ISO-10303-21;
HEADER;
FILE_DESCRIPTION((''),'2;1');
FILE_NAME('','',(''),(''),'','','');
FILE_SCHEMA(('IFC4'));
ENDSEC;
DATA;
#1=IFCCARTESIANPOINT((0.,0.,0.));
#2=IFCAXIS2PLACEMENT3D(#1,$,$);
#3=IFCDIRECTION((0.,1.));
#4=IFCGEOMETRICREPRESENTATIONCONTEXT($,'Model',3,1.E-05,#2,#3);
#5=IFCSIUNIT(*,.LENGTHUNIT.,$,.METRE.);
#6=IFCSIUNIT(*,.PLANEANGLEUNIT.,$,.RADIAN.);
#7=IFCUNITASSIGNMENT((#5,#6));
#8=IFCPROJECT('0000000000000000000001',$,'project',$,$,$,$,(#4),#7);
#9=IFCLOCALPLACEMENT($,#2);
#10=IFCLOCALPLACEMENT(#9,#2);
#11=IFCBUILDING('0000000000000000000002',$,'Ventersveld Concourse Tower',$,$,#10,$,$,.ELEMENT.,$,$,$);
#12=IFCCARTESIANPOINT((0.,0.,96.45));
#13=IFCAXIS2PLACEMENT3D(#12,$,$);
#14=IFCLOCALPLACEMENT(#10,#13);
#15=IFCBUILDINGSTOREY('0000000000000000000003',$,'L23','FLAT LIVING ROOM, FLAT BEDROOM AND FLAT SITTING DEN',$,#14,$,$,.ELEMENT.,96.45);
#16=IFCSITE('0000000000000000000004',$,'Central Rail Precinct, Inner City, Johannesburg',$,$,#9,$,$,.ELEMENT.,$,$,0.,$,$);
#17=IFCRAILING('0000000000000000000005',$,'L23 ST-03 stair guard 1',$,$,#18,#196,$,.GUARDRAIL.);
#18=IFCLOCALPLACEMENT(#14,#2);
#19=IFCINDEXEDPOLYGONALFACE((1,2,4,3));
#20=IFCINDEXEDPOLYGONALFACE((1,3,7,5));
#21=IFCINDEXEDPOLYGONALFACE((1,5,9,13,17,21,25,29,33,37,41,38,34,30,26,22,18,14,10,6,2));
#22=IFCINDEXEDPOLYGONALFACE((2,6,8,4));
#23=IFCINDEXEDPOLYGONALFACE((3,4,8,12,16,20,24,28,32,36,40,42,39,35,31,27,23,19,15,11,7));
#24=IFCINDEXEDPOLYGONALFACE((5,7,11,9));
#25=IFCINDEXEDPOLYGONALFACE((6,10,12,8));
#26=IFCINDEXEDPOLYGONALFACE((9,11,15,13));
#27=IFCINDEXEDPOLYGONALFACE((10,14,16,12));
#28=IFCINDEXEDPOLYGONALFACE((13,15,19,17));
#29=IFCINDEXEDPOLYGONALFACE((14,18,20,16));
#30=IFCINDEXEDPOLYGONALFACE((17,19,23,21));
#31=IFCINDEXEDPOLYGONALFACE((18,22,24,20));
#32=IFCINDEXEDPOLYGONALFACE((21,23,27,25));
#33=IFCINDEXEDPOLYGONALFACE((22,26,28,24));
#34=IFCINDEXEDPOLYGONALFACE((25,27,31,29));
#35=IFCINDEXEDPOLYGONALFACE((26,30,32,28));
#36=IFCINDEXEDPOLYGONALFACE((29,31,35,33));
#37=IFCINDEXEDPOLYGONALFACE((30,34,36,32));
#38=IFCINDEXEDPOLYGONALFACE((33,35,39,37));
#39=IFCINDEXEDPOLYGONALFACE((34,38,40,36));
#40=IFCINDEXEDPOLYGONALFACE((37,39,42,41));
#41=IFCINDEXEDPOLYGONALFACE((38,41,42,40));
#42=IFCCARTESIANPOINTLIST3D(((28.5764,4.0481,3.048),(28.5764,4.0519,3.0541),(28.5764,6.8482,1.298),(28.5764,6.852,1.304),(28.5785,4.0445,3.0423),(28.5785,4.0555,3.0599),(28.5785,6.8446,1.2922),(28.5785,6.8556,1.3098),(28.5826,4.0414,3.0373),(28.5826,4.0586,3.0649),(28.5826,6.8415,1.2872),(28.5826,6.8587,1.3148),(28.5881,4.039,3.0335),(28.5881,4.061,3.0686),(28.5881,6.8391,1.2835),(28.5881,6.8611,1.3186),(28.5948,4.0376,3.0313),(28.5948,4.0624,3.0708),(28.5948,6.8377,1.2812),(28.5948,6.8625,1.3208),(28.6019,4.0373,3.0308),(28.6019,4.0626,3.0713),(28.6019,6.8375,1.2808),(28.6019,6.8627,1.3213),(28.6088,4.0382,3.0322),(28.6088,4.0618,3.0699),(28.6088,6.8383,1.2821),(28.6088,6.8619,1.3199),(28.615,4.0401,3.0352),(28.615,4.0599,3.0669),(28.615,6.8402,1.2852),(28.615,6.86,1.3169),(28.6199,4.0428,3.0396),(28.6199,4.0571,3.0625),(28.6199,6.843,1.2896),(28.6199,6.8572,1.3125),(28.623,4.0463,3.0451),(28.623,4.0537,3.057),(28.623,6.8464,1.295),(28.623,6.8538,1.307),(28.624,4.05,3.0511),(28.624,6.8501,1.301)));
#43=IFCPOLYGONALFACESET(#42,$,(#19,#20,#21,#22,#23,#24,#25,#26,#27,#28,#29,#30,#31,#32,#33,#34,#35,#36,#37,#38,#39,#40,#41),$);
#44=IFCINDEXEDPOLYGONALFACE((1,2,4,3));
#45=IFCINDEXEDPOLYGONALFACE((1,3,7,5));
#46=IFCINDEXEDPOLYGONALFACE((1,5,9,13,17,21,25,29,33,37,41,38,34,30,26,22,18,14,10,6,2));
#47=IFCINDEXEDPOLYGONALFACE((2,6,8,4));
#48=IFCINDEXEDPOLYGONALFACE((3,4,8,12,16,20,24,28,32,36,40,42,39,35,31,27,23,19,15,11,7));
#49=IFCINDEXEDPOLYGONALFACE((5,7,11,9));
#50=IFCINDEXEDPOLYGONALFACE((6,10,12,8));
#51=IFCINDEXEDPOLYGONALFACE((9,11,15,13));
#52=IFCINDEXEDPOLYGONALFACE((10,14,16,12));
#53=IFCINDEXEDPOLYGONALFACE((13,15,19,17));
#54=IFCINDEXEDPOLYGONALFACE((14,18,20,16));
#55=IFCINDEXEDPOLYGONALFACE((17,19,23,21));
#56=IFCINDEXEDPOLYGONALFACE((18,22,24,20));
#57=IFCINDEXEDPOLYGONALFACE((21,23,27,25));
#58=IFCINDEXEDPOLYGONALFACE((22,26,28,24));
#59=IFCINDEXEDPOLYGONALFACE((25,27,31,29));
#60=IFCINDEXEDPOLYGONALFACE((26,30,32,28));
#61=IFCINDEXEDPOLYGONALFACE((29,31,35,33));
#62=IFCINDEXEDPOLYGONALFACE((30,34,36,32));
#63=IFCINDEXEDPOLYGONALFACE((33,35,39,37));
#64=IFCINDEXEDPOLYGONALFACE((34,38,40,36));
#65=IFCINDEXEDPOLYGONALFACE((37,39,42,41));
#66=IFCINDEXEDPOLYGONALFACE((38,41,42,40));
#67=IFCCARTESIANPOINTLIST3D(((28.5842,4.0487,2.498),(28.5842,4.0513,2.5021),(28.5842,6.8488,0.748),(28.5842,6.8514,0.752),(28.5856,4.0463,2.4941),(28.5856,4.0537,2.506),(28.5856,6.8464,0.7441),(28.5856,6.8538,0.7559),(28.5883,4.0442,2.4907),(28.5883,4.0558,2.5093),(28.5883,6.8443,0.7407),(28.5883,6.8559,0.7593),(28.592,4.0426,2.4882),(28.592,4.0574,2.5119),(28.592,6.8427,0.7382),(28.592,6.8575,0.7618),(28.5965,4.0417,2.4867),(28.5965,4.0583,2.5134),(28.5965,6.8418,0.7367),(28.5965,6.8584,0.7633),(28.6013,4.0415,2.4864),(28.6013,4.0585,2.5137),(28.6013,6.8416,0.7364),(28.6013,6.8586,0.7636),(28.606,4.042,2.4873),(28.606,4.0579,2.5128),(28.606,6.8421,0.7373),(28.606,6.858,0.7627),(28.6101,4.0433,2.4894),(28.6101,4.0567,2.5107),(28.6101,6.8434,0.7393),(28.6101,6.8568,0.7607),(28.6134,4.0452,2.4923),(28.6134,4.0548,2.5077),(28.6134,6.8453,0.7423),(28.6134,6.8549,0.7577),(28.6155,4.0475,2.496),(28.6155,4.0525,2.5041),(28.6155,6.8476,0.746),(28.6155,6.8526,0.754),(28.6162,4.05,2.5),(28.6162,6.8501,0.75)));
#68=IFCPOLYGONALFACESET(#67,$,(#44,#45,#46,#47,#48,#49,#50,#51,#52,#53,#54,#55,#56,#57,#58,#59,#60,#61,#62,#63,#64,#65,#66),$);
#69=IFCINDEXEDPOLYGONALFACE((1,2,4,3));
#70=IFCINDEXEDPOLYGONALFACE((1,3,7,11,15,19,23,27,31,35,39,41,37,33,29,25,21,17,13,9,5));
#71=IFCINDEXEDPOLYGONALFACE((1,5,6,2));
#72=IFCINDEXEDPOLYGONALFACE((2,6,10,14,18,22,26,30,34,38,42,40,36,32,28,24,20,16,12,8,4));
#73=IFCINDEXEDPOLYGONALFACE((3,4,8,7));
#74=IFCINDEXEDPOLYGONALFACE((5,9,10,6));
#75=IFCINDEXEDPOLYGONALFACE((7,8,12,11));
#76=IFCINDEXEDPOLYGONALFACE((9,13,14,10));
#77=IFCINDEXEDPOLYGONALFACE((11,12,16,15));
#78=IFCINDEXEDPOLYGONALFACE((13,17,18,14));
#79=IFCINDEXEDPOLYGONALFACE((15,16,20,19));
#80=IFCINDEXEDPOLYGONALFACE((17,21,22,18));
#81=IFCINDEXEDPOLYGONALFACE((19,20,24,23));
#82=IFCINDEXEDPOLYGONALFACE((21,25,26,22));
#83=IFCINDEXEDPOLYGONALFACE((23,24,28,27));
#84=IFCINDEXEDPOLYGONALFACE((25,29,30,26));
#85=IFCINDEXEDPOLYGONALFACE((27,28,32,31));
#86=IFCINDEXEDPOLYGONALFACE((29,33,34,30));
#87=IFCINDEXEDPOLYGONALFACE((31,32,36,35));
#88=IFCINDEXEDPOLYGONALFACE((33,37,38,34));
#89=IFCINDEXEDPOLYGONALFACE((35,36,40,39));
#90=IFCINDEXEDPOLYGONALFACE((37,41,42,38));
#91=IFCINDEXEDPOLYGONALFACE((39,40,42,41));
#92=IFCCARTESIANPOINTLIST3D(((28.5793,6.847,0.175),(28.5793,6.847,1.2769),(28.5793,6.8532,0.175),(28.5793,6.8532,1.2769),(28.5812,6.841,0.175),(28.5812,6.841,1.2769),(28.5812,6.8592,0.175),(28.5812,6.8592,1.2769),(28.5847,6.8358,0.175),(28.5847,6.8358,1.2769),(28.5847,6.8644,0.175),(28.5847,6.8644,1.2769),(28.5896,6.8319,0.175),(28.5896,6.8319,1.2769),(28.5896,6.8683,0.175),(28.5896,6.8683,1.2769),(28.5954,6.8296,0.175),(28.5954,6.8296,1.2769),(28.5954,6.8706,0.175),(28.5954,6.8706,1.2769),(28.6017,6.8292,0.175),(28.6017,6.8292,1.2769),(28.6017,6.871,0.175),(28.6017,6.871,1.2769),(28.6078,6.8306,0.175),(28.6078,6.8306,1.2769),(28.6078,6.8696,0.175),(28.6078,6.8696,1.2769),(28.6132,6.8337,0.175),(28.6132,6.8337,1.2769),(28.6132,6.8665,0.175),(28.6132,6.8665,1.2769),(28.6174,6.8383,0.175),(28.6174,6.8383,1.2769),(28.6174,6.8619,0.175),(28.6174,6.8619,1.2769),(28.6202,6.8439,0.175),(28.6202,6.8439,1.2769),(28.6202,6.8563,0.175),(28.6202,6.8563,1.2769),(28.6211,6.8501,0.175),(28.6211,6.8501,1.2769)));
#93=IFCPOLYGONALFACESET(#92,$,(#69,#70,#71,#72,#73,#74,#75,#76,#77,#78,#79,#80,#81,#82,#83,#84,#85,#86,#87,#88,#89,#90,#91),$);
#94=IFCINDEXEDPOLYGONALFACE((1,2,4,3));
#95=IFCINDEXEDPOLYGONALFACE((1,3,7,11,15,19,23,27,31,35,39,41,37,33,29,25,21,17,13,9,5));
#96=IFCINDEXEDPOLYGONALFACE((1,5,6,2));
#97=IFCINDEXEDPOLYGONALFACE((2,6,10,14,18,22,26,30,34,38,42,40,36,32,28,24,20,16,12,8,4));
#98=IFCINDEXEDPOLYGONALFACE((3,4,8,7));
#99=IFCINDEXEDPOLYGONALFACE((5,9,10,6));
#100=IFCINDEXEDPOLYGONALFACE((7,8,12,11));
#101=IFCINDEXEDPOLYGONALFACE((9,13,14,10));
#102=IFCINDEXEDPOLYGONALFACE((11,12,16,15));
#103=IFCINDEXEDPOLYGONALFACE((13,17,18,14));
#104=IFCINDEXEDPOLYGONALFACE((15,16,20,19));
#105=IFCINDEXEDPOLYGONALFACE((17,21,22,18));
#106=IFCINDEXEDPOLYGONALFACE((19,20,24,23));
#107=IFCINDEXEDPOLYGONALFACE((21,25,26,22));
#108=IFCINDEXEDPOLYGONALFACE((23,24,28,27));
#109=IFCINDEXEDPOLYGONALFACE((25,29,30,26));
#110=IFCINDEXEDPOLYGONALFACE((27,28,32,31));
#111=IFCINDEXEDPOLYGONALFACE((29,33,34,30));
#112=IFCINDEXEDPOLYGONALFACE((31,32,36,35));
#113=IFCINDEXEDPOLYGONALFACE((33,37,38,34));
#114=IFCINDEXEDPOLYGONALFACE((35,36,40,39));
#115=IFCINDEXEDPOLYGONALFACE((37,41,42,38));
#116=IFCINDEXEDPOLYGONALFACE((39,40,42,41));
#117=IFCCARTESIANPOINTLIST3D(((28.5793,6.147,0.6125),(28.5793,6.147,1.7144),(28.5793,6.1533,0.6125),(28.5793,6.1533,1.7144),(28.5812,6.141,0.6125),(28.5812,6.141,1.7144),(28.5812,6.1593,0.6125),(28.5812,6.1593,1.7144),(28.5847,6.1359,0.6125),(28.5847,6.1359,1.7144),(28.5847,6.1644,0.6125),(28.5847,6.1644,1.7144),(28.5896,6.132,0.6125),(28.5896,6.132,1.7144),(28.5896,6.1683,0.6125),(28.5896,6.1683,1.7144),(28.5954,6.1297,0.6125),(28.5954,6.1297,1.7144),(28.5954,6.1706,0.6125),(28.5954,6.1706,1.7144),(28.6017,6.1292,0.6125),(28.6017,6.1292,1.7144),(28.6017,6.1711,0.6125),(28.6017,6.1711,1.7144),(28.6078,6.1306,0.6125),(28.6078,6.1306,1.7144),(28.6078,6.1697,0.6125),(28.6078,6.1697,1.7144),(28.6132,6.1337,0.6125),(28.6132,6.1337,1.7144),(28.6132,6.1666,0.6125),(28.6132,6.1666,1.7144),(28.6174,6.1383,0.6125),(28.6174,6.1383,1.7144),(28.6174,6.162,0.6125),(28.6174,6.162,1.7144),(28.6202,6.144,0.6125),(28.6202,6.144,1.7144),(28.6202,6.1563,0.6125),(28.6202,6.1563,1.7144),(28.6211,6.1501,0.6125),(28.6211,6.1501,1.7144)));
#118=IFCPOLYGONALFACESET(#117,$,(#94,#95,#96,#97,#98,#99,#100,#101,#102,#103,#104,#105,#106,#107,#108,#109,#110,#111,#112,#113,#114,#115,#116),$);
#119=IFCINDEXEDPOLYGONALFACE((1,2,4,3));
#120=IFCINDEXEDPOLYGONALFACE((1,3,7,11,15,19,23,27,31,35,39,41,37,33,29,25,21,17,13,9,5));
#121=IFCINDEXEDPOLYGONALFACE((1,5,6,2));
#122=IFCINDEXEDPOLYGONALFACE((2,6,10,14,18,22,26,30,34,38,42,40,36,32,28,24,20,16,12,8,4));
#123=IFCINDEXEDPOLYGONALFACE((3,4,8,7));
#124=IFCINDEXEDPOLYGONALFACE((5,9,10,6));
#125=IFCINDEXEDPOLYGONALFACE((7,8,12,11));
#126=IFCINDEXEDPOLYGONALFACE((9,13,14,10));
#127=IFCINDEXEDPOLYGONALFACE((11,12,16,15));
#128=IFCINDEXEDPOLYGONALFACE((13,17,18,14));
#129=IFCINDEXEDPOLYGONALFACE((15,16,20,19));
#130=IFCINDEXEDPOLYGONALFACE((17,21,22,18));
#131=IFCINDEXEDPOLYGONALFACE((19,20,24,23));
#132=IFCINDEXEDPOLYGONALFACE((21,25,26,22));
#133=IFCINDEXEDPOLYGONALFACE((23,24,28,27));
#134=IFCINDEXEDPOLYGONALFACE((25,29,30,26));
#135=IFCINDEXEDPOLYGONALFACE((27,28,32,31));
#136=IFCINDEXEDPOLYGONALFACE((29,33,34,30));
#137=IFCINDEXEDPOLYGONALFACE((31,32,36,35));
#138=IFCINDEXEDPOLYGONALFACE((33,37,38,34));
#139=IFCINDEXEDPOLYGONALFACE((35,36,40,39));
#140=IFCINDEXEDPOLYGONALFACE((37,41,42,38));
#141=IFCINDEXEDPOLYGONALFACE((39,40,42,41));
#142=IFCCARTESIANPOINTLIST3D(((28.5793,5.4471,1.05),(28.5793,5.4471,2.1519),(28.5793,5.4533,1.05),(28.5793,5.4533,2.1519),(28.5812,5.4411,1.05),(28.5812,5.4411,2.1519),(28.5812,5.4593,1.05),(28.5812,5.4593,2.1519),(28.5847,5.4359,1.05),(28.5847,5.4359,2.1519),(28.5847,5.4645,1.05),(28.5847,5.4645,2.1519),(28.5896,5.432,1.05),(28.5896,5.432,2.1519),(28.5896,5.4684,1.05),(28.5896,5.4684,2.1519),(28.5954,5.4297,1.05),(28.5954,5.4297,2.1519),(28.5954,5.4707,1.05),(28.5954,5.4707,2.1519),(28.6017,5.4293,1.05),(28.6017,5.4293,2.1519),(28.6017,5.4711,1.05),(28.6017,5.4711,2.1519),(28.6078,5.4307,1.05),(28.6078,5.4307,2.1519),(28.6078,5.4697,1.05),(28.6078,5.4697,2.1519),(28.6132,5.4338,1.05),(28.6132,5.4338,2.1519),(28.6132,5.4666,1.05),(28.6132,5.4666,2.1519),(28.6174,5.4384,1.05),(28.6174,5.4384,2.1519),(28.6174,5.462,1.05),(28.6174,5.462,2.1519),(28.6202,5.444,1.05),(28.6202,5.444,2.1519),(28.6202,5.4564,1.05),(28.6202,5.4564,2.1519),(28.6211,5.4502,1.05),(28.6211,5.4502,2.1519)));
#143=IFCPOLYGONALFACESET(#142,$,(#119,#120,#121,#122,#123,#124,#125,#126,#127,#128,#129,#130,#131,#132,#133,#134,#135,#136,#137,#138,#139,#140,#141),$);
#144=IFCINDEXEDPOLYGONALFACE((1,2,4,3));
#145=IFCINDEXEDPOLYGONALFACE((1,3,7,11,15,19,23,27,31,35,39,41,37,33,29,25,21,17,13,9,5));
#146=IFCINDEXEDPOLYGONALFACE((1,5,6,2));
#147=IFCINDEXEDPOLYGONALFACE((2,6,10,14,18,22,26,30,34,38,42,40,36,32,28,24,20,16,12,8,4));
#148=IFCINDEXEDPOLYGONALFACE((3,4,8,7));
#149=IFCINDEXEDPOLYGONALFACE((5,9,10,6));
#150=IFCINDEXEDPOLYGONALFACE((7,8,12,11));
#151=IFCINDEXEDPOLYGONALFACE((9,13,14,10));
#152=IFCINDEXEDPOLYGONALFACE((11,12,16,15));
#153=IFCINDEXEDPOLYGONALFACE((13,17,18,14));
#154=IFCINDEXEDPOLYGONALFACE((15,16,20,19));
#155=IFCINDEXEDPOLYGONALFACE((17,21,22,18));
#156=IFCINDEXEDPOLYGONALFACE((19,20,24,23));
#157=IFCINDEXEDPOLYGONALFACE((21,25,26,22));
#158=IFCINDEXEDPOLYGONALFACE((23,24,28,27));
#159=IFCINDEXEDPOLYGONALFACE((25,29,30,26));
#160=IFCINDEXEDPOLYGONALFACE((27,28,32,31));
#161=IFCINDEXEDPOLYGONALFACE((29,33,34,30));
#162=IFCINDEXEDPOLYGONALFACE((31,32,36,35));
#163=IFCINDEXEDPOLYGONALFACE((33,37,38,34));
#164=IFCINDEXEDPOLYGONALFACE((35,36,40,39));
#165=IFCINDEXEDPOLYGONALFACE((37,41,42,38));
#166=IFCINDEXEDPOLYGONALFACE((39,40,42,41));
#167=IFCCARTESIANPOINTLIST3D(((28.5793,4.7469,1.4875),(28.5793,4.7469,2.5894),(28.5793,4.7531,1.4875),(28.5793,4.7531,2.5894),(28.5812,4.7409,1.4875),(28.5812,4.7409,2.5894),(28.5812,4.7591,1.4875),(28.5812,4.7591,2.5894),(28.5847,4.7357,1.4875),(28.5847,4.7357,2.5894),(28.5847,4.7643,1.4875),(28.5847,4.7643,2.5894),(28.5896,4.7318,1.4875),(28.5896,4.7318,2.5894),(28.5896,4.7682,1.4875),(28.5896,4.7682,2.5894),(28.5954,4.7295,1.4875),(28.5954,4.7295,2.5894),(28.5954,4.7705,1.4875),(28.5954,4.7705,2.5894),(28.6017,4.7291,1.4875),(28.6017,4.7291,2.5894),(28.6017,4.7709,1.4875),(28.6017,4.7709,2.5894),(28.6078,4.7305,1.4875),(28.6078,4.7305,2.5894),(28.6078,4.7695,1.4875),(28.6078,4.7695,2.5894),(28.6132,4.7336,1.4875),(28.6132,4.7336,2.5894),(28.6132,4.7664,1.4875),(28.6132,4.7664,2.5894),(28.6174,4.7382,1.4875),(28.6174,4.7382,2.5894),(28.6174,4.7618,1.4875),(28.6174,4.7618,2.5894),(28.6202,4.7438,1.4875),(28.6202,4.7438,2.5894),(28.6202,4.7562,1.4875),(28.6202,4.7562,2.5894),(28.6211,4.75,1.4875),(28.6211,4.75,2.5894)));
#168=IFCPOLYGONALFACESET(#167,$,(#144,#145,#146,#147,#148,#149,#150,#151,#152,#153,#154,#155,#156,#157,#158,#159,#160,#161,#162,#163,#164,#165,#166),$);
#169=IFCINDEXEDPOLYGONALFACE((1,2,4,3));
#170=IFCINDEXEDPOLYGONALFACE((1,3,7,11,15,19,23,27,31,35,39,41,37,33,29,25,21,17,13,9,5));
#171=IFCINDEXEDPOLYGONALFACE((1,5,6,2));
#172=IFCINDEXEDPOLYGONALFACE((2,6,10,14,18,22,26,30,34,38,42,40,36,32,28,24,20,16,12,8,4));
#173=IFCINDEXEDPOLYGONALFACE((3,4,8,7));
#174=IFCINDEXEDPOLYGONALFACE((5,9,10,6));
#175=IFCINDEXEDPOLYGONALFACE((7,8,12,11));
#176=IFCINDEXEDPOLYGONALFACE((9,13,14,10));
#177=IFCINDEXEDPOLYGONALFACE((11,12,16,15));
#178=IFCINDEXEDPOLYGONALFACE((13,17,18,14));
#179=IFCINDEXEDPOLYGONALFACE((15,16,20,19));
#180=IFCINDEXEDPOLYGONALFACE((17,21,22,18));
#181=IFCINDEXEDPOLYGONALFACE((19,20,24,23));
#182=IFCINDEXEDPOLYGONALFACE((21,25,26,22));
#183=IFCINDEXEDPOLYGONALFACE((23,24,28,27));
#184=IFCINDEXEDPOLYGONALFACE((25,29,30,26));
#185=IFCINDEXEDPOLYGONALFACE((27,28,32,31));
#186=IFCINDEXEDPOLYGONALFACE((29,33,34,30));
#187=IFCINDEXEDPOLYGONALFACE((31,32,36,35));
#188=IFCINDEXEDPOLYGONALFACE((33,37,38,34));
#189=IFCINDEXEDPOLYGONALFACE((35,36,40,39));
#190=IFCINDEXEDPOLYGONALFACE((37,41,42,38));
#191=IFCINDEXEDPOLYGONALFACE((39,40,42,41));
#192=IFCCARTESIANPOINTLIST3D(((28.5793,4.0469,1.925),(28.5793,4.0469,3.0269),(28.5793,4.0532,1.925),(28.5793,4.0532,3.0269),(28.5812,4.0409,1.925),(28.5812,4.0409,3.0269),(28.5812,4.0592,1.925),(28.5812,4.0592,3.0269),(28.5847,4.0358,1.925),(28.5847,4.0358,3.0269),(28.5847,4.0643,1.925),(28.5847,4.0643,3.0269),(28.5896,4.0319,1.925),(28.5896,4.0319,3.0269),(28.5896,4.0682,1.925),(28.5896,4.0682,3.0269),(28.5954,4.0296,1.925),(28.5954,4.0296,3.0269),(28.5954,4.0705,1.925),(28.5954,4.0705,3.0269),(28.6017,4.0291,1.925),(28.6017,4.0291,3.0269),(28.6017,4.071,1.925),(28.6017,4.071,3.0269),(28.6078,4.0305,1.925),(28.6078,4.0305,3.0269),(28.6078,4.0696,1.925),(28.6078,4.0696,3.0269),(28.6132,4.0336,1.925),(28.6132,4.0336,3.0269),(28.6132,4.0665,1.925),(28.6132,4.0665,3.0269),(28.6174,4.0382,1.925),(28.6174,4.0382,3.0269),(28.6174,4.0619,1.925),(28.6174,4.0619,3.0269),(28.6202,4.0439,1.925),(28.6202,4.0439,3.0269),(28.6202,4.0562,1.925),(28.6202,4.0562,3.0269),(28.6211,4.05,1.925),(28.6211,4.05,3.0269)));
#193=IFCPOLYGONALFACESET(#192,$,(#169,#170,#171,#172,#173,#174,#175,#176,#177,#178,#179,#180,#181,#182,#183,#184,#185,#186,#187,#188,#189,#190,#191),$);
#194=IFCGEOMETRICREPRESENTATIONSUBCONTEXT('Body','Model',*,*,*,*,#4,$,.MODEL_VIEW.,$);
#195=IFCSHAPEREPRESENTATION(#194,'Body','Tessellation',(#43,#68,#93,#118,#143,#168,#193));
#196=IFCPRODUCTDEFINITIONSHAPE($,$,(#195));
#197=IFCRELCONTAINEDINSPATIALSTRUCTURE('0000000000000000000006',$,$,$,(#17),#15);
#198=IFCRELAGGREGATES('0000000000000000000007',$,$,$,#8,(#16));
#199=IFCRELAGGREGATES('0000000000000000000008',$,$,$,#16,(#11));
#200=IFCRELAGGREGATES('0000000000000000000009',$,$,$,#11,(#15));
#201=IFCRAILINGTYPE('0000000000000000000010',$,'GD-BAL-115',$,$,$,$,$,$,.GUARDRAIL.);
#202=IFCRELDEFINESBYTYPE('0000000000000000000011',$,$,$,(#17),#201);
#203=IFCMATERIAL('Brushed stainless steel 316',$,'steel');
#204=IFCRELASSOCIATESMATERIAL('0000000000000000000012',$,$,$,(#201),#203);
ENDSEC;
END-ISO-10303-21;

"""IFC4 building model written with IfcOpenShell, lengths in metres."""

from ifc_helpers import new_model, si_unit, direction, frame, origin, origin_2d, place, context, subcontext, project, spatial, circle, extrude, material, type_object, element, save


model = new_model("IFC4")

# Units and contexts
model_context = context("Model", 3, precision=1e-05, world=origin(), true_north=direction((0.0, 1.0)))
body_context = subcontext(model_context, "Body", "Model", "MODEL_VIEW")
ifc_project = project(units=[si_unit("LENGTHUNIT", "METRE"), si_unit("PLANEANGLEUNIT", "RADIAN")], contexts=[model_context])

# Site, building, storey
site_placement = place(None, origin())
site = spatial("IfcSite", under=ifc_project, at=site_placement, Name="Central Rail Precinct, Inner City, Johannesburg", CompositionType="ELEMENT", RefElevation=0.0)
building_placement = place(site_placement, origin())
building = spatial("IfcBuilding", under=site, at=building_placement, Name="Ventersveld Concourse Tower", CompositionType="ELEMENT")
storey_placement = place(building_placement, frame((0.0, 0.0, 96.45)))
storey = spatial("IfcBuildingStorey", under=building, at=storey_placement, Name="L23", Description="FLAT LIVING ROOM, FLAT BEDROOM AND FLAT SITTING DEN", CompositionType="ELEMENT", Elevation=96.45)

# Shared definitions
ifc_material_1 = material(Name="Brushed stainless steel 316", Category="steel")

# Railing
railing_type = type_object("IfcRailingType", Name="GD-BAL-115", PredefinedType="GUARDRAIL", material=ifc_material_1)
railing_1_placement = place(storey_placement, frame((28.6001, 6.8501, 0.175)))
element("IfcRailing", 1, at=railing_1_placement, inside=storey, type_object=railing_type, Name="L23 ST-03 stair guard 1", PredefinedType="GUARDRAIL", context=body_context, shape_type="SweptSolid", body=[
    extrude(circle(Radius=0.0239, at=origin_2d()), frame((0.0, 0.0, 1.126), z_axis=(0.0, -0.848002, 0.529992), x_axis=(1.0, 0.0, 0.0)), (0.0, 0.0, 1.0), 3.302),
    extrude(circle(Radius=0.0161, at=origin_2d()), frame((0.0, 0.0, 0.575), z_axis=(0.0, -0.848002, 0.529992), x_axis=(1.0, 0.0, 0.0)), (0.0, 0.0, 1.0), 3.302),
    extrude(circle(Radius=0.021, at=origin_2d()), origin(), (0.0, 0.0, 1.0), 1.1018),
    extrude(circle(Radius=0.021, at=origin_2d()), frame((0.0, -0.7, 0.4375)), (0.0, 0.0, 1.0), 1.1018),
    extrude(circle(Radius=0.021, at=origin_2d()), frame((0.0, -1.3999, 0.875)), (0.0, 0.0, 1.0), 1.1018),
    extrude(circle(Radius=0.021, at=origin_2d()), frame((0.0, -2.1001, 1.3125)), (0.0, 0.0, 1.0), 1.1018),
    extrude(circle(Radius=0.021, at=origin_2d()), frame((0.0, -2.8, 1.75)), (0.0, 0.0, 1.0), 1.1018),
])

save(model, "model.ifc")
